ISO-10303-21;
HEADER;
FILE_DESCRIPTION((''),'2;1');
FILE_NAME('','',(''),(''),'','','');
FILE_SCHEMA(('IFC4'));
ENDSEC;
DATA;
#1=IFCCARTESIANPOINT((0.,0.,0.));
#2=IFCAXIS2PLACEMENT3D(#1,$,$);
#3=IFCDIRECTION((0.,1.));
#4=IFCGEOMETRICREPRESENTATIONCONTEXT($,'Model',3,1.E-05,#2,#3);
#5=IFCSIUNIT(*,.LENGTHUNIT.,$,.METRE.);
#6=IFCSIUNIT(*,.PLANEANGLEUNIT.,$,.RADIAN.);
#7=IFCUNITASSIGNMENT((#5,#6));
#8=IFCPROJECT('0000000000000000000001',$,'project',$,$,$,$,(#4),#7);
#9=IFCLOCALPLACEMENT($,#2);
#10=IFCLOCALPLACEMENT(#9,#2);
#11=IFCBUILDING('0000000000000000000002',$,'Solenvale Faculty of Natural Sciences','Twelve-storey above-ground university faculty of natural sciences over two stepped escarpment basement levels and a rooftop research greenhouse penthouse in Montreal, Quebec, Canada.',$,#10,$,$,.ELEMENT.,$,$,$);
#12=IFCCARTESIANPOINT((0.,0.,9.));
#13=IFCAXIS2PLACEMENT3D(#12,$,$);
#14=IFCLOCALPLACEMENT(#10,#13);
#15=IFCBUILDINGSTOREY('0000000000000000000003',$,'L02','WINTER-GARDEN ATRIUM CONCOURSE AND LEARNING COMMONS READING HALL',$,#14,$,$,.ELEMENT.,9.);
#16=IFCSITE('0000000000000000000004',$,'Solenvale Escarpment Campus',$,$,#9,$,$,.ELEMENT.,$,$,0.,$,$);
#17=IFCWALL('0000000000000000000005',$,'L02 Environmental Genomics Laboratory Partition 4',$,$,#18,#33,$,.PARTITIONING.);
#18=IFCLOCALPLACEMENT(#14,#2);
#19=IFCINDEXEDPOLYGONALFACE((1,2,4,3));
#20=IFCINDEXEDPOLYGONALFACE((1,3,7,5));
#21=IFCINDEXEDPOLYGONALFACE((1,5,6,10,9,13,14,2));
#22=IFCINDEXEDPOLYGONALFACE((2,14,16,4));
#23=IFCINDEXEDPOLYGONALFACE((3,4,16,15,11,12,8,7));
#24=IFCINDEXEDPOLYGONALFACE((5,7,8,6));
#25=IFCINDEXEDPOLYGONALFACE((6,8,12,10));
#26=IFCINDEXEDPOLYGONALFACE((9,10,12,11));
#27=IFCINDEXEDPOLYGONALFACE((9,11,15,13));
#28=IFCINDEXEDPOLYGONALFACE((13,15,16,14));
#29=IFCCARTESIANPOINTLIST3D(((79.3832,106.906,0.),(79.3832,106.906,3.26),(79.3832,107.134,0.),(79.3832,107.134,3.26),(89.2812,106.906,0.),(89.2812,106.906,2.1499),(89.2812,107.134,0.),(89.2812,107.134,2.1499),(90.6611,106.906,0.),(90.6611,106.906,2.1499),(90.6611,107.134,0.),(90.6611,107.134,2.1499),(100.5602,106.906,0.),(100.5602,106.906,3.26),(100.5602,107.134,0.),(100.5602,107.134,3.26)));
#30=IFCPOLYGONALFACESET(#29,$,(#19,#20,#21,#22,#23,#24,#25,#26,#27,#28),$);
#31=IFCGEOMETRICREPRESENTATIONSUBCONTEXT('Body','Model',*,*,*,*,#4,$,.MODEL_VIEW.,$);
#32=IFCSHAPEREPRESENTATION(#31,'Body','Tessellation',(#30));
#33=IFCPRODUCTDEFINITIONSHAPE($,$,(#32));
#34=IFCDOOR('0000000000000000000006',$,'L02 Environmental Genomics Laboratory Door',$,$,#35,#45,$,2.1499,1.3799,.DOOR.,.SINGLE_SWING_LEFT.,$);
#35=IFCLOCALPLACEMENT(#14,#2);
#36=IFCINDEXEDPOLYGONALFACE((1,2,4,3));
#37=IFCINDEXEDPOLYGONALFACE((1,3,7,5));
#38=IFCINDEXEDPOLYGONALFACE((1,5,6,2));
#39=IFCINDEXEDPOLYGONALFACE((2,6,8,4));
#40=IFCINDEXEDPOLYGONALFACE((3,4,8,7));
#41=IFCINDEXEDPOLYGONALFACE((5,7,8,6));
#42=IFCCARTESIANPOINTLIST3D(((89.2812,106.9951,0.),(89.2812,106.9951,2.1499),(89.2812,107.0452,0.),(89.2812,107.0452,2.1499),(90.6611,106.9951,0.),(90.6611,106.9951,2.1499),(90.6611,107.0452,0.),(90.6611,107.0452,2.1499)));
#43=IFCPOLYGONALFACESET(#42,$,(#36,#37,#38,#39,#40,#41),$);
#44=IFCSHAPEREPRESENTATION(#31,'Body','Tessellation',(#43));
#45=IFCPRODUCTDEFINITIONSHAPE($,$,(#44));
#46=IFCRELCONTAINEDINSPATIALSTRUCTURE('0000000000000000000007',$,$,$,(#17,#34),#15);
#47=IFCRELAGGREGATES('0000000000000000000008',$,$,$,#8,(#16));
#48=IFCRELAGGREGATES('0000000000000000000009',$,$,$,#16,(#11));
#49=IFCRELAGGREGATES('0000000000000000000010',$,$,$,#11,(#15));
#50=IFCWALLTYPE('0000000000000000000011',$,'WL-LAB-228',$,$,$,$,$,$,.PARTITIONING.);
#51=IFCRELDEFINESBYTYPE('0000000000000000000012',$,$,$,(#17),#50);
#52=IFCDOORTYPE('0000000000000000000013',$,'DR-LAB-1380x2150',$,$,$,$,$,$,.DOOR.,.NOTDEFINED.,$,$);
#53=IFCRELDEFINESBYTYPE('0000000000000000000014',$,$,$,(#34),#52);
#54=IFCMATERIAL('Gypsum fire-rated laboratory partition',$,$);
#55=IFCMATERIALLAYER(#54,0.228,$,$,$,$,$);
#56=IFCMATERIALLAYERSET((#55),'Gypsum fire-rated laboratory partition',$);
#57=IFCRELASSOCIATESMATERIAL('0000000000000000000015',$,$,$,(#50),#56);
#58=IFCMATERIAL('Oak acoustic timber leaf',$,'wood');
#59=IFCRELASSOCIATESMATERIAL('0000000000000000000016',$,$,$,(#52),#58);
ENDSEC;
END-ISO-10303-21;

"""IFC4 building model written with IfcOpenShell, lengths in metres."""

from ifc_helpers import new_model, si_unit, direction, frame, frame_2d, origin, place, context, subcontext, project, spatial, rectangle, extrude, material, layer, layer_set, type_object, element, fill, save


model = new_model("IFC4")

# Units and contexts
model_context = context("Model", 3, precision=1e-05, world=origin(), true_north=direction((0.0, 1.0)))
body_context = subcontext(model_context, "Body", "Model", "MODEL_VIEW")
ifc_project = project(units=[si_unit("LENGTHUNIT", "METRE"), si_unit("PLANEANGLEUNIT", "RADIAN")], contexts=[model_context])

# Site, building, storey
site_placement = place(None, origin())
site = spatial("IfcSite", under=ifc_project, at=site_placement, Name="Solenvale Escarpment Campus", CompositionType="ELEMENT", RefElevation=0.0)
building_placement = place(site_placement, origin())
building = spatial("IfcBuilding", under=site, at=building_placement, Name="Solenvale Faculty of Natural Sciences", Description="Twelve-storey above-ground university faculty of natural sciences over two stepped escarpment basement levels and a rooftop research greenhouse penthouse in Montreal, Quebec, Canada.", CompositionType="ELEMENT")
storey_placement = place(building_placement, frame((0.0, 0.0, 9.0)))
storey = spatial("IfcBuildingStorey", under=building, at=storey_placement, Name="L02", Description="WINTER-GARDEN ATRIUM CONCOURSE AND LEARNING COMMONS READING HALL", CompositionType="ELEMENT", Elevation=9.0)

# Shared definitions
ifc_material_1 = material(Name="Gypsum fire-rated laboratory partition")
ifc_layer_1 = layer(ifc_material_1, 0.228)
ifc_layer_set_1 = layer_set([ifc_layer_1], Name="Gypsum fire-rated laboratory partition")
wall_type_1 = type_object("IfcWallType", Name="WL-LAB-228", PredefinedType="PARTITIONING", material=ifc_layer_set_1)

# Wall, opening, door
wall_1_placement = place(storey_placement, frame((100.5601, 107.02, 0.0), z_axis=(0.0, 0.0, 1.0), x_axis=(-1.0, 0.0, 0.0)))
wall_1 = element("IfcWall", 1, at=wall_1_placement, inside=storey, type_object=wall_type_1, Name="L02 Environmental Genomics Laboratory Partition 4", PredefinedType="PARTITIONING", context=body_context, shape_type="SweptSolid", body=[
    extrude(rectangle(XDim=21.177, YDim=0.228, at=frame_2d((10.5884, 0.0))), origin(), (0.0, 0.0, 1.0), 3.26),
])
opening_1_placement = place(wall_1_placement, frame((9.8989, 0.0, 0.0)))
opening_1 = element("IfcOpeningElement", 2, at=opening_1_placement, cuts=wall_1, PredefinedType="OPENING", context=body_context, shape_type="SweptSolid", body=[
    extrude(rectangle(XDim=1.3799, YDim=2.1499, at=frame_2d((0.6899, 1.075))), frame((0.0, 0.124, 0.0), z_axis=(0.0, -1.0, 0.0), x_axis=(1.0, 0.0, 0.0)), (0.0, 0.0, 1.0), 0.248),
])
ifc_material_2 = material(Name="Oak acoustic timber leaf", Category="wood")
door_type_1 = type_object("IfcDoorType", Name="DR-LAB-1380x2150", OperationType="NOTDEFINED", PredefinedType="DOOR", material=ifc_material_2)
door_1_placement = place(opening_1_placement, origin())
door_1 = element("IfcDoor", 3, at=door_1_placement, inside=storey, type_object=door_type_1, Name="L02 Environmental Genomics Laboratory Door", OperationType="SINGLE_SWING_LEFT", OverallHeight=2.1499, OverallWidth=1.3799, PredefinedType="DOOR", context=body_context, shape_type="SweptSolid", body=[
    extrude(rectangle(XDim=1.3799, YDim=2.1499, at=frame_2d((0.6899, 1.075))), frame((0.0, 0.0249, 0.0), z_axis=(0.0, -1.0, 0.0), x_axis=(1.0, 0.0, 0.0)), (0.0, 0.0, 1.0), 0.05),
])
fill(opening_1, door_1)

save(model, "model.ifc")
